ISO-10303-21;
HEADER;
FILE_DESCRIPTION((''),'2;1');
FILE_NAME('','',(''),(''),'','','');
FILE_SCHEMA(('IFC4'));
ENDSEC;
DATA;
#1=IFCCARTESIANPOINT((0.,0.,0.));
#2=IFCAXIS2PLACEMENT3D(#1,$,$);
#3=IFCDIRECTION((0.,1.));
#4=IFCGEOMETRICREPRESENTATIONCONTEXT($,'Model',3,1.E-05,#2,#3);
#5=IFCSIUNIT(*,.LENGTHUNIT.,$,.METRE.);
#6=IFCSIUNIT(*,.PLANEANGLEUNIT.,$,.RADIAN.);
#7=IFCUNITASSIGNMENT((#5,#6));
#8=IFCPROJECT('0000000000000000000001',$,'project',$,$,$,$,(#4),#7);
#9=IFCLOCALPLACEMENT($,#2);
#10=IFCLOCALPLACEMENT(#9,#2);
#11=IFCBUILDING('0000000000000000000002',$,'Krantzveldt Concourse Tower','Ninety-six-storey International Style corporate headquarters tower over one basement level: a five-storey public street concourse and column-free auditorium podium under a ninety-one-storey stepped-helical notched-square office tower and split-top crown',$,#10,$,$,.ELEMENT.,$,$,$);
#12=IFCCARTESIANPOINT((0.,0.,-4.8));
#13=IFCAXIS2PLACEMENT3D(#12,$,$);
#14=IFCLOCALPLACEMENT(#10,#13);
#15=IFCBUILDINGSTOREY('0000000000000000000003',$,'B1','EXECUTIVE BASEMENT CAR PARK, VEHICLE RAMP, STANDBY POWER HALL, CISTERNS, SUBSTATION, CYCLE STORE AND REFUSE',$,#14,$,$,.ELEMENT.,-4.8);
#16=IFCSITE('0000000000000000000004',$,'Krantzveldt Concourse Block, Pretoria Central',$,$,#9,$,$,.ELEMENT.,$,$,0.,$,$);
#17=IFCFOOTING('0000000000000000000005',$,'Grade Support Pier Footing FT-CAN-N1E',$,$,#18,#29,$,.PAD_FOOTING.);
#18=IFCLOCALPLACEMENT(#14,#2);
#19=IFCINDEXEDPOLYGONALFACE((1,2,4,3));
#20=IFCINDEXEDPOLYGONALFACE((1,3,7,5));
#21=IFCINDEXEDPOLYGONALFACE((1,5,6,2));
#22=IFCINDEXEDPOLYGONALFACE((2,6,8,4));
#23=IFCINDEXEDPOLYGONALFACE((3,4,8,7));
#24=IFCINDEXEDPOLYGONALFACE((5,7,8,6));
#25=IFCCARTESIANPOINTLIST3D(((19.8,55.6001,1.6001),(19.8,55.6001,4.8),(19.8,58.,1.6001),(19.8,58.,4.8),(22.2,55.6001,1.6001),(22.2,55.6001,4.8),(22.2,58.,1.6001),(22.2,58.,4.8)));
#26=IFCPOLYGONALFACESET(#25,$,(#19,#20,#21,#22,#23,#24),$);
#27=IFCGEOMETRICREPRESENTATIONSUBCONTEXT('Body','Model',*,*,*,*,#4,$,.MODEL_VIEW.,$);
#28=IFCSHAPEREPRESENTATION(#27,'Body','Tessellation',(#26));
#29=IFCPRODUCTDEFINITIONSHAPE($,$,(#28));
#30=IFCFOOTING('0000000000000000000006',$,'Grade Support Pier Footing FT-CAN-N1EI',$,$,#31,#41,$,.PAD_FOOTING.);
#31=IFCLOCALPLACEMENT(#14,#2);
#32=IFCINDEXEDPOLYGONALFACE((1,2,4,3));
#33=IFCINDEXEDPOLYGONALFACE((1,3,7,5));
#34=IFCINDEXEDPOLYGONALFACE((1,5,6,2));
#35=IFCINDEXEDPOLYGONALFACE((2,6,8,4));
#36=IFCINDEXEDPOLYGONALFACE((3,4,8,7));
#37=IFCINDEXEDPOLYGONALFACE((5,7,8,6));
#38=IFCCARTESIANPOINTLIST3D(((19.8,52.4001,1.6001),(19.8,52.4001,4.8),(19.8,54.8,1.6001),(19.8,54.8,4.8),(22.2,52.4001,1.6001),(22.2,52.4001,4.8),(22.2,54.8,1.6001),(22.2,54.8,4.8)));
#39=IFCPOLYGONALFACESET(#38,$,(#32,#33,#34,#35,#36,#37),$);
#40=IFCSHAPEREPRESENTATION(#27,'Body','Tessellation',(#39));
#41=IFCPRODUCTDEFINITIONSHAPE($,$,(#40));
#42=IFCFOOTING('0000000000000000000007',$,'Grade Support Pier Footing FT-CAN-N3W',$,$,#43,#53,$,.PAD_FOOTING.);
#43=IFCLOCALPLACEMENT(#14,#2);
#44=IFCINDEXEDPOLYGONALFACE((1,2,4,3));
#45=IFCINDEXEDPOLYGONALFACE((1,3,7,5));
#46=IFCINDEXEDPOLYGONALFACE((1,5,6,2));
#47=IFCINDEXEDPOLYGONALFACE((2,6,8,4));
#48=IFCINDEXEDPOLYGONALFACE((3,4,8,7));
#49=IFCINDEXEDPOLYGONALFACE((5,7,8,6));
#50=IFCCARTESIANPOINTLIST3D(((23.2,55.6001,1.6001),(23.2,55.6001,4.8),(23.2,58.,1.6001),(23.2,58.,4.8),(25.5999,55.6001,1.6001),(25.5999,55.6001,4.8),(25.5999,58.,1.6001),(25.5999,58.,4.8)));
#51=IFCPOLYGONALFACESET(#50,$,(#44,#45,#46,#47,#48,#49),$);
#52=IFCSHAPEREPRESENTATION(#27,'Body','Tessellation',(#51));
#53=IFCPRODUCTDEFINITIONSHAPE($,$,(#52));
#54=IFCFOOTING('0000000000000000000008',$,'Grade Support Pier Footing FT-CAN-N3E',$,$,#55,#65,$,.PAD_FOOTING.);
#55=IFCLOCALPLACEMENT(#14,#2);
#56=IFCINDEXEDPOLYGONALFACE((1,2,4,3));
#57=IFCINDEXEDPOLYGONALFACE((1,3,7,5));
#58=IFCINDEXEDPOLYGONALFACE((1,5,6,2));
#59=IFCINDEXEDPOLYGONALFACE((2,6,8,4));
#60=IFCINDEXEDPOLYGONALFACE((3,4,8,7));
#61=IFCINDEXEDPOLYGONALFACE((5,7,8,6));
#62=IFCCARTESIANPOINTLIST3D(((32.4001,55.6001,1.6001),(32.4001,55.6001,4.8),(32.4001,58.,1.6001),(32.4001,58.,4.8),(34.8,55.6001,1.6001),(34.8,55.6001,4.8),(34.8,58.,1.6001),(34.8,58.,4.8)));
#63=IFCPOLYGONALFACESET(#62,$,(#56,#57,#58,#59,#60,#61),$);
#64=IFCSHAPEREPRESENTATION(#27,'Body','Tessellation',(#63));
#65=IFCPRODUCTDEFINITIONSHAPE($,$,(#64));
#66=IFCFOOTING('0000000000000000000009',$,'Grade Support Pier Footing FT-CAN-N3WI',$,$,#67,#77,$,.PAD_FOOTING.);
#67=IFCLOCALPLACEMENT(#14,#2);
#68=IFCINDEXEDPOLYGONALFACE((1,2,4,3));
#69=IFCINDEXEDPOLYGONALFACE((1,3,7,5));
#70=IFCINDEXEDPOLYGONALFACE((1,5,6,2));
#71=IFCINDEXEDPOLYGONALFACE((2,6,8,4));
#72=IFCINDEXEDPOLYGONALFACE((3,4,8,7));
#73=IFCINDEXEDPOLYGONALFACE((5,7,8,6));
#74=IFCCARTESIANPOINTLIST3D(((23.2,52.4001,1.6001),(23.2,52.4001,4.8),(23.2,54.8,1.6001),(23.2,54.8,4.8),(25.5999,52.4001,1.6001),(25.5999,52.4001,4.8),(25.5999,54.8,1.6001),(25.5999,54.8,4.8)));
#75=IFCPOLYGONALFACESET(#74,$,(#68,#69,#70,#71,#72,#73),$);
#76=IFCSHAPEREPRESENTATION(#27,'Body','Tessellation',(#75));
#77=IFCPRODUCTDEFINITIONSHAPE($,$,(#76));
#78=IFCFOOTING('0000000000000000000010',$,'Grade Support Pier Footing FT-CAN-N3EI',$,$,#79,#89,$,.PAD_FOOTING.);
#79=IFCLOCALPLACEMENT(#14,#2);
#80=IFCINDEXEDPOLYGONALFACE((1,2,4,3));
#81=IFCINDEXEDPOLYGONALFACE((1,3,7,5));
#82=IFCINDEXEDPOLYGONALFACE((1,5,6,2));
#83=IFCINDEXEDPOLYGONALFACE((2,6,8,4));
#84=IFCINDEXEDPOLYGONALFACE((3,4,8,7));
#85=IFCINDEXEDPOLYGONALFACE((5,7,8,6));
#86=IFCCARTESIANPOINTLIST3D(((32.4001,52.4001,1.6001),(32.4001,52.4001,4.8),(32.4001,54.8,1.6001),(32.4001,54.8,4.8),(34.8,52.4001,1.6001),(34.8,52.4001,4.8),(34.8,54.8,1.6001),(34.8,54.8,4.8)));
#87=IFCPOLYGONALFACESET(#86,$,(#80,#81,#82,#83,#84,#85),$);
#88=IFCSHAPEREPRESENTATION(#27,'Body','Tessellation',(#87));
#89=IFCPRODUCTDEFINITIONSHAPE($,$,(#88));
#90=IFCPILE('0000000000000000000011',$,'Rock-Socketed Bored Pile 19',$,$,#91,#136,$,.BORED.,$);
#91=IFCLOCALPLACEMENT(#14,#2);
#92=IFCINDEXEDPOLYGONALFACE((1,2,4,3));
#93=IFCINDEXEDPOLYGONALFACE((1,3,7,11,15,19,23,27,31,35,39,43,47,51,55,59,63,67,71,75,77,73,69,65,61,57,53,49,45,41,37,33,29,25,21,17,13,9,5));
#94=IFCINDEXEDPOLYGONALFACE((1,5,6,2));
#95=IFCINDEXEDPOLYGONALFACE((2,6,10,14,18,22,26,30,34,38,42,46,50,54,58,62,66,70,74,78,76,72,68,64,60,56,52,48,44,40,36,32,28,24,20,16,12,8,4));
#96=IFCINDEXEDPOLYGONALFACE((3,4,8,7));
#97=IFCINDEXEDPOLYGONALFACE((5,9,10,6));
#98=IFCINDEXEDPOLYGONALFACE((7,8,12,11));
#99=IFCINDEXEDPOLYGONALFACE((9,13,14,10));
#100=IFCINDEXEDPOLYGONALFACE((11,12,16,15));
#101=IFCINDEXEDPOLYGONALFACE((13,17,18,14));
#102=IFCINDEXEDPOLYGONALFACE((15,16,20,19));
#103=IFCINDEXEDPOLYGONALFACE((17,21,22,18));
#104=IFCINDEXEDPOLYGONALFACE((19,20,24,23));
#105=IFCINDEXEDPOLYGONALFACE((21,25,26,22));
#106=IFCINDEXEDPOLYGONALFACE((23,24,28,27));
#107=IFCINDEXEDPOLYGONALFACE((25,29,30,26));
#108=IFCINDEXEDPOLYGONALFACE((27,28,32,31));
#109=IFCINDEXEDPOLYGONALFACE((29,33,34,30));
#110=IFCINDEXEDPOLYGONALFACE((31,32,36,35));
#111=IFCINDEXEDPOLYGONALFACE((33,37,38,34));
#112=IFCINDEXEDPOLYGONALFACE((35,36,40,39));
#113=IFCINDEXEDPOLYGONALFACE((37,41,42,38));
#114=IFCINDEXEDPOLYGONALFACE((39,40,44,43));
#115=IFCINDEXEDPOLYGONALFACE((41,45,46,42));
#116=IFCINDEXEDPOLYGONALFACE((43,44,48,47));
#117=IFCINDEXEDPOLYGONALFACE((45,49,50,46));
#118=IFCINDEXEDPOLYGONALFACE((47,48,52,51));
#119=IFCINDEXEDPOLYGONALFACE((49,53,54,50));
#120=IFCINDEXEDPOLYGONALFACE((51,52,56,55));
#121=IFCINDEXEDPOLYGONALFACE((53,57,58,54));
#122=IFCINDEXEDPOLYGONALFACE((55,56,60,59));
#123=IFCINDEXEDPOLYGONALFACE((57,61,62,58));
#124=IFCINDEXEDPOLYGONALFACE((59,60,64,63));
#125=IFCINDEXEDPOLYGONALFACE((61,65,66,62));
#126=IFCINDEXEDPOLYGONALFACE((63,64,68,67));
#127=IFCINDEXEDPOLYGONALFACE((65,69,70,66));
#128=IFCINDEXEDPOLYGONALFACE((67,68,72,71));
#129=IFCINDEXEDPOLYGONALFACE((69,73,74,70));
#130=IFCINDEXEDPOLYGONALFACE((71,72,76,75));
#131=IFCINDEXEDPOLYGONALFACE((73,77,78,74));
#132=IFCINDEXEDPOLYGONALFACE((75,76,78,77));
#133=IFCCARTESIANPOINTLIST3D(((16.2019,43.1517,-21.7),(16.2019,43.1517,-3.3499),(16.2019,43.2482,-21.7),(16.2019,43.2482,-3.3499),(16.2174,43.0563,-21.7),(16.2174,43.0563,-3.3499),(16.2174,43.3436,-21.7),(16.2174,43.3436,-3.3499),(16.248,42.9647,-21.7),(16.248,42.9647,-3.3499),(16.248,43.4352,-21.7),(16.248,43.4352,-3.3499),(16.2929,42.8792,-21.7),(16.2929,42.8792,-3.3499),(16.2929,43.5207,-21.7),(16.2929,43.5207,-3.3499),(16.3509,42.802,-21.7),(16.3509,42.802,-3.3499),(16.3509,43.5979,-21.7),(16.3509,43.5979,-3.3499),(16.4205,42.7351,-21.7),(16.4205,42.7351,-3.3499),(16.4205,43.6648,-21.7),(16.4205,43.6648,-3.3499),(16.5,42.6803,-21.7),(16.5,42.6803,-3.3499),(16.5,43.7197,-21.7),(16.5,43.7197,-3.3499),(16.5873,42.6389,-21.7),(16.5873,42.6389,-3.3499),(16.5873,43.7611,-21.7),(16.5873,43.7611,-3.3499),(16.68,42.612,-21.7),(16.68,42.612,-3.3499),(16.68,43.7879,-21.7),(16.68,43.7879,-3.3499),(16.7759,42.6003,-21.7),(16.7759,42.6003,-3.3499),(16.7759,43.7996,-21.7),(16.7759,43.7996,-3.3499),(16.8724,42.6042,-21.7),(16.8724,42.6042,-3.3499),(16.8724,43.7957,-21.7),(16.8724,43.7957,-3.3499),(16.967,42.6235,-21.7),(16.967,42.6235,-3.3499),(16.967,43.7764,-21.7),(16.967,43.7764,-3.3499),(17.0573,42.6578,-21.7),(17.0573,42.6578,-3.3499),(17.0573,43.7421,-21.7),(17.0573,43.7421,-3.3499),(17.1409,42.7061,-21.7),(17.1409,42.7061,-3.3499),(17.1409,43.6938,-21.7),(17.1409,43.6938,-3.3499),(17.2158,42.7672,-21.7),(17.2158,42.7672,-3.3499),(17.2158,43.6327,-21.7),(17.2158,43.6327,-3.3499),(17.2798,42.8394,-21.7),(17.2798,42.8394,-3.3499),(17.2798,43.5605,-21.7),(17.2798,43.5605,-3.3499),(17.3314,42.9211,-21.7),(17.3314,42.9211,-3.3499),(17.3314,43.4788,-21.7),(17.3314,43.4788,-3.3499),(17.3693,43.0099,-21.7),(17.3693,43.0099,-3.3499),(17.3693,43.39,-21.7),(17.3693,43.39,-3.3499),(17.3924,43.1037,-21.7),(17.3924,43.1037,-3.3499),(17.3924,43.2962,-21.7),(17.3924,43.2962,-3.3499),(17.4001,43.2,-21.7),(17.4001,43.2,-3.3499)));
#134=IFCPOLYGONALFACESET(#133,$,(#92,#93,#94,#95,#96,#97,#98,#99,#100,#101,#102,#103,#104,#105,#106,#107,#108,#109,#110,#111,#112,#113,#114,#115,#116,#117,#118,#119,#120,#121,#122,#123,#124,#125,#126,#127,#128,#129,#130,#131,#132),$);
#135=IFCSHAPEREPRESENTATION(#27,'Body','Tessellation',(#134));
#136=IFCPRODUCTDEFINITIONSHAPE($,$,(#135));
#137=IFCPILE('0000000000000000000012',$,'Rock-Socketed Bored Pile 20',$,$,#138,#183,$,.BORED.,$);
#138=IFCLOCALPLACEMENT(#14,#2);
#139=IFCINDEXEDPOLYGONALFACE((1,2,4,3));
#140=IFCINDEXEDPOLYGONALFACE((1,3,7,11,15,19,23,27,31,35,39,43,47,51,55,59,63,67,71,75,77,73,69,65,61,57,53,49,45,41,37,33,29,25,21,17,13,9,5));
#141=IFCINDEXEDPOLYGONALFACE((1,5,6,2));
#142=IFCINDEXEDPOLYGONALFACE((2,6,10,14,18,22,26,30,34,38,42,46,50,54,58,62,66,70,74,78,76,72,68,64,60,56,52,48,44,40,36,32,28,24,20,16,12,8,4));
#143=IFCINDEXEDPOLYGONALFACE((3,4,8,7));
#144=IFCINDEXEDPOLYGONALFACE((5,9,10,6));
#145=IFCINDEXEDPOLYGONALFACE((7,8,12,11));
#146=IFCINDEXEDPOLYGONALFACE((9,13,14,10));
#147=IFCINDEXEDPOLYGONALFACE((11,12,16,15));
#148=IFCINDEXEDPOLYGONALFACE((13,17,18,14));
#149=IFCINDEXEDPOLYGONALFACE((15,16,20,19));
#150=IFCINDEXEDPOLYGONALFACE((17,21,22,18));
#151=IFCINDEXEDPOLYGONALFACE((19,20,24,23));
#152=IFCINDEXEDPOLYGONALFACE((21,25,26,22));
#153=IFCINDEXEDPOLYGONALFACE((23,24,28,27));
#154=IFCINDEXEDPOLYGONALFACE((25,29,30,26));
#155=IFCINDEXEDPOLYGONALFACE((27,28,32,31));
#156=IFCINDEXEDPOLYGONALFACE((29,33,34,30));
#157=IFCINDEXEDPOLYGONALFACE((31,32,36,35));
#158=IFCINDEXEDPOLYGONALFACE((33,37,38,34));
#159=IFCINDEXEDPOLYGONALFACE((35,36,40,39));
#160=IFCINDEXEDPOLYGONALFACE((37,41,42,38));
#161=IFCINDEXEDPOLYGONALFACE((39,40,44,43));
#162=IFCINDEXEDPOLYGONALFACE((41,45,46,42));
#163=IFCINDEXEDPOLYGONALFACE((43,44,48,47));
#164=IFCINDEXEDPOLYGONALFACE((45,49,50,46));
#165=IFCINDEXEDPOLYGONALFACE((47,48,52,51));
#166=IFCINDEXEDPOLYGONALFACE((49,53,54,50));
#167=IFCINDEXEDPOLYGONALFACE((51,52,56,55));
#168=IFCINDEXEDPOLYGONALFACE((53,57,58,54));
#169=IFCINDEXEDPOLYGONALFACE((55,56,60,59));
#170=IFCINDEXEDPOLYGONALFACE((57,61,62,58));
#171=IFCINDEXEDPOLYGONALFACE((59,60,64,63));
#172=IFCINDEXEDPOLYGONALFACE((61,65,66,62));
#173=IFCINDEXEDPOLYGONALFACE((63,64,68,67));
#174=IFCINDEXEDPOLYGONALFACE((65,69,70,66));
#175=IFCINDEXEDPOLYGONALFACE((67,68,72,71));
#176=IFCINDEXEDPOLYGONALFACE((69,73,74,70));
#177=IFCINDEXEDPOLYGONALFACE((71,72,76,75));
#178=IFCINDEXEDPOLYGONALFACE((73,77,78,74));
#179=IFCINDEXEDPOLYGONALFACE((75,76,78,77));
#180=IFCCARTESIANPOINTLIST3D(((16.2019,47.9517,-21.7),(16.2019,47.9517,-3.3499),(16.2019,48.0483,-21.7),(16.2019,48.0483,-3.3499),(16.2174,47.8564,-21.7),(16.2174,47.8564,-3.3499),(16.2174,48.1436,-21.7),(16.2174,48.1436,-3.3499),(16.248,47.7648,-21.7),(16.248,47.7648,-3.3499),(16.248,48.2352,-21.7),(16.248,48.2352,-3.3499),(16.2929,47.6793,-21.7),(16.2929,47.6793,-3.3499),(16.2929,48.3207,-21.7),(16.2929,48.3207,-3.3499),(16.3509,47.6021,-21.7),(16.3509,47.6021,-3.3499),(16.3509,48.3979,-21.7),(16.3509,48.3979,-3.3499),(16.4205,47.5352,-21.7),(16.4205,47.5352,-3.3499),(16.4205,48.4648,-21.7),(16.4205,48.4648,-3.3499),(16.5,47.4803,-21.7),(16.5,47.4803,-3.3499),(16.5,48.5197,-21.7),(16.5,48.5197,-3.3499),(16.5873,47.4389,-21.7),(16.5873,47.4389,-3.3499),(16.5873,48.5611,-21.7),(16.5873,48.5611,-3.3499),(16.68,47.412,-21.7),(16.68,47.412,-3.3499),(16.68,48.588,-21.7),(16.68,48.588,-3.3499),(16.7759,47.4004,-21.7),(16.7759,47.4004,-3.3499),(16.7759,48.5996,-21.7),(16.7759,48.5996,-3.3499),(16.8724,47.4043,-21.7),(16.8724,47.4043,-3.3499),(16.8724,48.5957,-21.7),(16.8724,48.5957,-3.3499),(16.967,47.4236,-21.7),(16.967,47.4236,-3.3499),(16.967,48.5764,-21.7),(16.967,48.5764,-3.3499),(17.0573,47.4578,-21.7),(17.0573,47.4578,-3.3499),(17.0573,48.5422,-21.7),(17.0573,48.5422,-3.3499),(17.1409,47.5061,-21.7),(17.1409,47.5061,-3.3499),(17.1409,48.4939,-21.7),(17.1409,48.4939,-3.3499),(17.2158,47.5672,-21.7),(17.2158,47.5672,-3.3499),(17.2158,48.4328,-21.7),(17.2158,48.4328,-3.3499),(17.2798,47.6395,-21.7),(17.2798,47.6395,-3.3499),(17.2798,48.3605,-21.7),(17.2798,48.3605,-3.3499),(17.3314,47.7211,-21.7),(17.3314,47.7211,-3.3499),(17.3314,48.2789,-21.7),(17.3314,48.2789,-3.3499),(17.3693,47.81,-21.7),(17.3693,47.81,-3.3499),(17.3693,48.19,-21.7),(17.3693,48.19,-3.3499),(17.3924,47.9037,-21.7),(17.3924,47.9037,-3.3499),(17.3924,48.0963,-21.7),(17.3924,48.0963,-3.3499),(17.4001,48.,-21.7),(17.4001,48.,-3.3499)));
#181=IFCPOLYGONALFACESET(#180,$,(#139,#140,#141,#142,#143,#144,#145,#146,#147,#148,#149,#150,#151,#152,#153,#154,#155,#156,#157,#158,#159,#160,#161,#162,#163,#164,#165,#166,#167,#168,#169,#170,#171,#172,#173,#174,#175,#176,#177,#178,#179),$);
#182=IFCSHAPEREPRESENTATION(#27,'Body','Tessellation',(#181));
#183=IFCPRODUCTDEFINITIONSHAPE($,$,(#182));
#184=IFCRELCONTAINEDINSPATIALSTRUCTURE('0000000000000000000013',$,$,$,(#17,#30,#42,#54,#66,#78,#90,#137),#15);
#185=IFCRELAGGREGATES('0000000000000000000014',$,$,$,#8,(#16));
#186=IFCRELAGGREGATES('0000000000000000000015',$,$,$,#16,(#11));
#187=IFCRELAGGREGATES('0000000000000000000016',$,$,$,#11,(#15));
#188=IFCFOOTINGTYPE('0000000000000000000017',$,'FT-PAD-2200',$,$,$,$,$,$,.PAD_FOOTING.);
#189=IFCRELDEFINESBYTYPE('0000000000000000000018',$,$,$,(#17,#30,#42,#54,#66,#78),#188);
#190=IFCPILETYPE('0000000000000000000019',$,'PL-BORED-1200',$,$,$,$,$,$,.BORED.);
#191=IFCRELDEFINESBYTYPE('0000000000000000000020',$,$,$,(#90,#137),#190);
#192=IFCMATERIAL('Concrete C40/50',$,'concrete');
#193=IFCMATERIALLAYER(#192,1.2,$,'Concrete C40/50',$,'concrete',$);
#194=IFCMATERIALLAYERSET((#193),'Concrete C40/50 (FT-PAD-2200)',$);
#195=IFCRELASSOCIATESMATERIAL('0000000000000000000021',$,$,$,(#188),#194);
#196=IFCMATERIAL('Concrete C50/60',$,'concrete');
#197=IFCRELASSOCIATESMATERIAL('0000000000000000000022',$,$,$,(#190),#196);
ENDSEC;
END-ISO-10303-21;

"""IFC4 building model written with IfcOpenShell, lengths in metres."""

from ifc_helpers import new_model, si_unit, direction, frame, origin, origin_2d, place, context, subcontext, project, spatial, rectangle, circle, extrude, source, transform, mapped, material, layer, layer_set, material_profile, profile_set, type_object, type_shapes, element, save


model = new_model("IFC4")

# Units and contexts
model_context = context("Model", 3, precision=1e-05, world=origin(), true_north=direction((0.0, 1.0)))
body_context = subcontext(model_context, "Body", "Model", "MODEL_VIEW")
ifc_project = project(units=[si_unit("LENGTHUNIT", "METRE"), si_unit("PLANEANGLEUNIT", "RADIAN")], contexts=[model_context])

# Site, building, storey
site_placement = place(None, origin())
site = spatial("IfcSite", under=ifc_project, at=site_placement, Name="Krantzveldt Concourse Block, Pretoria Central", CompositionType="ELEMENT", RefElevation=0.0)
building_placement = place(site_placement, origin())
building = spatial("IfcBuilding", under=site, at=building_placement, Name="Krantzveldt Concourse Tower", Description="Ninety-six-storey International Style corporate headquarters tower over one basement level: a five-storey public street concourse and column-free auditorium podium under a ninety-one-storey stepped-helical notched-square office tower and split-top crown", CompositionType="ELEMENT")
storey_placement = place(building_placement, frame((0.0, 0.0, -4.8)))
storey = spatial("IfcBuildingStorey", under=building, at=storey_placement, Name="B1", Description="EXECUTIVE BASEMENT CAR PARK, VEHICLE RAMP, STANDBY POWER HALL, CISTERNS, SUBSTATION, CYCLE STORE AND REFUSE", CompositionType="ELEMENT", Elevation=-4.8)

# Footings
ifc_material_1 = material(Name="Concrete C40/50", Category="concrete")
ifc_layer_1 = layer(ifc_material_1, 1.2, Name="Concrete C40/50", Category="concrete")
ifc_layer_set_1 = layer_set([ifc_layer_1], Name="Concrete C40/50 (FT-PAD-2200)")
footing_type = type_object("IfcFootingType", Name="FT-PAD-2200", PredefinedType="PAD_FOOTING", material=ifc_layer_set_1)
shared_shape_1 = source(origin(), body_context, "Body", "SweptSolid", [
    extrude(rectangle(XDim=2.3999, YDim=2.3999, at=origin_2d()), origin(), (0.0, 0.0, 1.0), 3.2),
])
type_shapes(footing_type, [shared_shape_1])
for number, where, z_axis, x_axis, name in (
    (1, (21.0, 56.8, 1.6001), (0.0, 0.0, 1.0), (1.0, 0.0, 0.0), "Grade Support Pier Footing FT-CAN-N1E"),
    (2, (21.0, 53.6001, 1.6001), (0.0, 0.0, 1.0), (1.0, 0.0, 0.0), "Grade Support Pier Footing FT-CAN-N1EI"),
    (3, (24.3999, 56.8, 1.6001), (0.0, 0.0, 1.0), (1.0, 0.0, 0.0), "Grade Support Pier Footing FT-CAN-N3W"),
    (4, (33.6001, 56.8, 1.6001), (0.0, 0.0, 1.0), (1.0, 0.0, 0.0), "Grade Support Pier Footing FT-CAN-N3E"),
    (5, (24.3999, 53.6001, 1.6001), (0.0, 0.0, 1.0), (1.0, 0.0, 0.0), "Grade Support Pier Footing FT-CAN-N3WI"),
    (6, (33.6001, 53.6001, 1.6001), (0.0, 0.0, 1.0), (1.0, 0.0, 0.0), "Grade Support Pier Footing FT-CAN-N3EI"),
):
    element("IfcFooting", number, at=place(storey_placement, frame(where, z_axis=z_axis, x_axis=x_axis)), inside=storey, type_object=footing_type, Name=name, PredefinedType="PAD_FOOTING", context=body_context, shape_type="MappedRepresentation", body=[
        mapped(shared_shape_1, transform((0.0, 0.0, 0.0), x_axis=(1.0, 0.0, 0.0), y_axis=(0.0, 1.0, 0.0), z_axis=(0.0, 0.0, 1.0), scale=1.0)),
    ])

# Piles
ifc_material_2 = material(Name="Concrete C50/60", Category="concrete")
ifc_material_profile_1 = material_profile(ifc_material_2, circle(Radius=0.6001, at=origin_2d()), Name="Concrete C50/60", Category="concrete")
ifc_profile_set_1 = profile_set([ifc_material_profile_1], Name="Concrete C50/60 - PILE D1200")
pile_type_1 = type_object("IfcPileType", Name="PL-BORED-1200", PredefinedType="BORED", material=ifc_profile_set_1)
shared_shape_2 = source(origin(), body_context, "Body", "SweptSolid", [
    extrude(circle(Radius=0.6001, at=origin_2d()), origin(), (0.0, 0.0, 1.0), 18.3501),
])
type_shapes(pile_type_1, [shared_shape_2])
for number, where, z_axis, x_axis, name in (
    (7, (16.8, 43.2, -3.3499), (0.0, 0.0, -1.0), (1.0, 0.0, 0.0), "Rock-Socketed Bored Pile 19"),
    (8, (16.8, 48.0, -3.3499), (0.0, 0.0, -1.0), (1.0, 0.0, 0.0), "Rock-Socketed Bored Pile 20"),
):
    element("IfcPile", number, at=place(storey_placement, frame(where, z_axis=z_axis, x_axis=x_axis)), inside=storey, type_object=pile_type_1, Name=name, PredefinedType="BORED", context=body_context, shape_type="MappedRepresentation", body=[
        mapped(shared_shape_2, transform((0.0, 0.0, 0.0), x_axis=(1.0, 0.0, 0.0), y_axis=(0.0, 1.0, 0.0), z_axis=(0.0, 0.0, 1.0), scale=1.0)),
    ])

save(model, "model.ifc")
